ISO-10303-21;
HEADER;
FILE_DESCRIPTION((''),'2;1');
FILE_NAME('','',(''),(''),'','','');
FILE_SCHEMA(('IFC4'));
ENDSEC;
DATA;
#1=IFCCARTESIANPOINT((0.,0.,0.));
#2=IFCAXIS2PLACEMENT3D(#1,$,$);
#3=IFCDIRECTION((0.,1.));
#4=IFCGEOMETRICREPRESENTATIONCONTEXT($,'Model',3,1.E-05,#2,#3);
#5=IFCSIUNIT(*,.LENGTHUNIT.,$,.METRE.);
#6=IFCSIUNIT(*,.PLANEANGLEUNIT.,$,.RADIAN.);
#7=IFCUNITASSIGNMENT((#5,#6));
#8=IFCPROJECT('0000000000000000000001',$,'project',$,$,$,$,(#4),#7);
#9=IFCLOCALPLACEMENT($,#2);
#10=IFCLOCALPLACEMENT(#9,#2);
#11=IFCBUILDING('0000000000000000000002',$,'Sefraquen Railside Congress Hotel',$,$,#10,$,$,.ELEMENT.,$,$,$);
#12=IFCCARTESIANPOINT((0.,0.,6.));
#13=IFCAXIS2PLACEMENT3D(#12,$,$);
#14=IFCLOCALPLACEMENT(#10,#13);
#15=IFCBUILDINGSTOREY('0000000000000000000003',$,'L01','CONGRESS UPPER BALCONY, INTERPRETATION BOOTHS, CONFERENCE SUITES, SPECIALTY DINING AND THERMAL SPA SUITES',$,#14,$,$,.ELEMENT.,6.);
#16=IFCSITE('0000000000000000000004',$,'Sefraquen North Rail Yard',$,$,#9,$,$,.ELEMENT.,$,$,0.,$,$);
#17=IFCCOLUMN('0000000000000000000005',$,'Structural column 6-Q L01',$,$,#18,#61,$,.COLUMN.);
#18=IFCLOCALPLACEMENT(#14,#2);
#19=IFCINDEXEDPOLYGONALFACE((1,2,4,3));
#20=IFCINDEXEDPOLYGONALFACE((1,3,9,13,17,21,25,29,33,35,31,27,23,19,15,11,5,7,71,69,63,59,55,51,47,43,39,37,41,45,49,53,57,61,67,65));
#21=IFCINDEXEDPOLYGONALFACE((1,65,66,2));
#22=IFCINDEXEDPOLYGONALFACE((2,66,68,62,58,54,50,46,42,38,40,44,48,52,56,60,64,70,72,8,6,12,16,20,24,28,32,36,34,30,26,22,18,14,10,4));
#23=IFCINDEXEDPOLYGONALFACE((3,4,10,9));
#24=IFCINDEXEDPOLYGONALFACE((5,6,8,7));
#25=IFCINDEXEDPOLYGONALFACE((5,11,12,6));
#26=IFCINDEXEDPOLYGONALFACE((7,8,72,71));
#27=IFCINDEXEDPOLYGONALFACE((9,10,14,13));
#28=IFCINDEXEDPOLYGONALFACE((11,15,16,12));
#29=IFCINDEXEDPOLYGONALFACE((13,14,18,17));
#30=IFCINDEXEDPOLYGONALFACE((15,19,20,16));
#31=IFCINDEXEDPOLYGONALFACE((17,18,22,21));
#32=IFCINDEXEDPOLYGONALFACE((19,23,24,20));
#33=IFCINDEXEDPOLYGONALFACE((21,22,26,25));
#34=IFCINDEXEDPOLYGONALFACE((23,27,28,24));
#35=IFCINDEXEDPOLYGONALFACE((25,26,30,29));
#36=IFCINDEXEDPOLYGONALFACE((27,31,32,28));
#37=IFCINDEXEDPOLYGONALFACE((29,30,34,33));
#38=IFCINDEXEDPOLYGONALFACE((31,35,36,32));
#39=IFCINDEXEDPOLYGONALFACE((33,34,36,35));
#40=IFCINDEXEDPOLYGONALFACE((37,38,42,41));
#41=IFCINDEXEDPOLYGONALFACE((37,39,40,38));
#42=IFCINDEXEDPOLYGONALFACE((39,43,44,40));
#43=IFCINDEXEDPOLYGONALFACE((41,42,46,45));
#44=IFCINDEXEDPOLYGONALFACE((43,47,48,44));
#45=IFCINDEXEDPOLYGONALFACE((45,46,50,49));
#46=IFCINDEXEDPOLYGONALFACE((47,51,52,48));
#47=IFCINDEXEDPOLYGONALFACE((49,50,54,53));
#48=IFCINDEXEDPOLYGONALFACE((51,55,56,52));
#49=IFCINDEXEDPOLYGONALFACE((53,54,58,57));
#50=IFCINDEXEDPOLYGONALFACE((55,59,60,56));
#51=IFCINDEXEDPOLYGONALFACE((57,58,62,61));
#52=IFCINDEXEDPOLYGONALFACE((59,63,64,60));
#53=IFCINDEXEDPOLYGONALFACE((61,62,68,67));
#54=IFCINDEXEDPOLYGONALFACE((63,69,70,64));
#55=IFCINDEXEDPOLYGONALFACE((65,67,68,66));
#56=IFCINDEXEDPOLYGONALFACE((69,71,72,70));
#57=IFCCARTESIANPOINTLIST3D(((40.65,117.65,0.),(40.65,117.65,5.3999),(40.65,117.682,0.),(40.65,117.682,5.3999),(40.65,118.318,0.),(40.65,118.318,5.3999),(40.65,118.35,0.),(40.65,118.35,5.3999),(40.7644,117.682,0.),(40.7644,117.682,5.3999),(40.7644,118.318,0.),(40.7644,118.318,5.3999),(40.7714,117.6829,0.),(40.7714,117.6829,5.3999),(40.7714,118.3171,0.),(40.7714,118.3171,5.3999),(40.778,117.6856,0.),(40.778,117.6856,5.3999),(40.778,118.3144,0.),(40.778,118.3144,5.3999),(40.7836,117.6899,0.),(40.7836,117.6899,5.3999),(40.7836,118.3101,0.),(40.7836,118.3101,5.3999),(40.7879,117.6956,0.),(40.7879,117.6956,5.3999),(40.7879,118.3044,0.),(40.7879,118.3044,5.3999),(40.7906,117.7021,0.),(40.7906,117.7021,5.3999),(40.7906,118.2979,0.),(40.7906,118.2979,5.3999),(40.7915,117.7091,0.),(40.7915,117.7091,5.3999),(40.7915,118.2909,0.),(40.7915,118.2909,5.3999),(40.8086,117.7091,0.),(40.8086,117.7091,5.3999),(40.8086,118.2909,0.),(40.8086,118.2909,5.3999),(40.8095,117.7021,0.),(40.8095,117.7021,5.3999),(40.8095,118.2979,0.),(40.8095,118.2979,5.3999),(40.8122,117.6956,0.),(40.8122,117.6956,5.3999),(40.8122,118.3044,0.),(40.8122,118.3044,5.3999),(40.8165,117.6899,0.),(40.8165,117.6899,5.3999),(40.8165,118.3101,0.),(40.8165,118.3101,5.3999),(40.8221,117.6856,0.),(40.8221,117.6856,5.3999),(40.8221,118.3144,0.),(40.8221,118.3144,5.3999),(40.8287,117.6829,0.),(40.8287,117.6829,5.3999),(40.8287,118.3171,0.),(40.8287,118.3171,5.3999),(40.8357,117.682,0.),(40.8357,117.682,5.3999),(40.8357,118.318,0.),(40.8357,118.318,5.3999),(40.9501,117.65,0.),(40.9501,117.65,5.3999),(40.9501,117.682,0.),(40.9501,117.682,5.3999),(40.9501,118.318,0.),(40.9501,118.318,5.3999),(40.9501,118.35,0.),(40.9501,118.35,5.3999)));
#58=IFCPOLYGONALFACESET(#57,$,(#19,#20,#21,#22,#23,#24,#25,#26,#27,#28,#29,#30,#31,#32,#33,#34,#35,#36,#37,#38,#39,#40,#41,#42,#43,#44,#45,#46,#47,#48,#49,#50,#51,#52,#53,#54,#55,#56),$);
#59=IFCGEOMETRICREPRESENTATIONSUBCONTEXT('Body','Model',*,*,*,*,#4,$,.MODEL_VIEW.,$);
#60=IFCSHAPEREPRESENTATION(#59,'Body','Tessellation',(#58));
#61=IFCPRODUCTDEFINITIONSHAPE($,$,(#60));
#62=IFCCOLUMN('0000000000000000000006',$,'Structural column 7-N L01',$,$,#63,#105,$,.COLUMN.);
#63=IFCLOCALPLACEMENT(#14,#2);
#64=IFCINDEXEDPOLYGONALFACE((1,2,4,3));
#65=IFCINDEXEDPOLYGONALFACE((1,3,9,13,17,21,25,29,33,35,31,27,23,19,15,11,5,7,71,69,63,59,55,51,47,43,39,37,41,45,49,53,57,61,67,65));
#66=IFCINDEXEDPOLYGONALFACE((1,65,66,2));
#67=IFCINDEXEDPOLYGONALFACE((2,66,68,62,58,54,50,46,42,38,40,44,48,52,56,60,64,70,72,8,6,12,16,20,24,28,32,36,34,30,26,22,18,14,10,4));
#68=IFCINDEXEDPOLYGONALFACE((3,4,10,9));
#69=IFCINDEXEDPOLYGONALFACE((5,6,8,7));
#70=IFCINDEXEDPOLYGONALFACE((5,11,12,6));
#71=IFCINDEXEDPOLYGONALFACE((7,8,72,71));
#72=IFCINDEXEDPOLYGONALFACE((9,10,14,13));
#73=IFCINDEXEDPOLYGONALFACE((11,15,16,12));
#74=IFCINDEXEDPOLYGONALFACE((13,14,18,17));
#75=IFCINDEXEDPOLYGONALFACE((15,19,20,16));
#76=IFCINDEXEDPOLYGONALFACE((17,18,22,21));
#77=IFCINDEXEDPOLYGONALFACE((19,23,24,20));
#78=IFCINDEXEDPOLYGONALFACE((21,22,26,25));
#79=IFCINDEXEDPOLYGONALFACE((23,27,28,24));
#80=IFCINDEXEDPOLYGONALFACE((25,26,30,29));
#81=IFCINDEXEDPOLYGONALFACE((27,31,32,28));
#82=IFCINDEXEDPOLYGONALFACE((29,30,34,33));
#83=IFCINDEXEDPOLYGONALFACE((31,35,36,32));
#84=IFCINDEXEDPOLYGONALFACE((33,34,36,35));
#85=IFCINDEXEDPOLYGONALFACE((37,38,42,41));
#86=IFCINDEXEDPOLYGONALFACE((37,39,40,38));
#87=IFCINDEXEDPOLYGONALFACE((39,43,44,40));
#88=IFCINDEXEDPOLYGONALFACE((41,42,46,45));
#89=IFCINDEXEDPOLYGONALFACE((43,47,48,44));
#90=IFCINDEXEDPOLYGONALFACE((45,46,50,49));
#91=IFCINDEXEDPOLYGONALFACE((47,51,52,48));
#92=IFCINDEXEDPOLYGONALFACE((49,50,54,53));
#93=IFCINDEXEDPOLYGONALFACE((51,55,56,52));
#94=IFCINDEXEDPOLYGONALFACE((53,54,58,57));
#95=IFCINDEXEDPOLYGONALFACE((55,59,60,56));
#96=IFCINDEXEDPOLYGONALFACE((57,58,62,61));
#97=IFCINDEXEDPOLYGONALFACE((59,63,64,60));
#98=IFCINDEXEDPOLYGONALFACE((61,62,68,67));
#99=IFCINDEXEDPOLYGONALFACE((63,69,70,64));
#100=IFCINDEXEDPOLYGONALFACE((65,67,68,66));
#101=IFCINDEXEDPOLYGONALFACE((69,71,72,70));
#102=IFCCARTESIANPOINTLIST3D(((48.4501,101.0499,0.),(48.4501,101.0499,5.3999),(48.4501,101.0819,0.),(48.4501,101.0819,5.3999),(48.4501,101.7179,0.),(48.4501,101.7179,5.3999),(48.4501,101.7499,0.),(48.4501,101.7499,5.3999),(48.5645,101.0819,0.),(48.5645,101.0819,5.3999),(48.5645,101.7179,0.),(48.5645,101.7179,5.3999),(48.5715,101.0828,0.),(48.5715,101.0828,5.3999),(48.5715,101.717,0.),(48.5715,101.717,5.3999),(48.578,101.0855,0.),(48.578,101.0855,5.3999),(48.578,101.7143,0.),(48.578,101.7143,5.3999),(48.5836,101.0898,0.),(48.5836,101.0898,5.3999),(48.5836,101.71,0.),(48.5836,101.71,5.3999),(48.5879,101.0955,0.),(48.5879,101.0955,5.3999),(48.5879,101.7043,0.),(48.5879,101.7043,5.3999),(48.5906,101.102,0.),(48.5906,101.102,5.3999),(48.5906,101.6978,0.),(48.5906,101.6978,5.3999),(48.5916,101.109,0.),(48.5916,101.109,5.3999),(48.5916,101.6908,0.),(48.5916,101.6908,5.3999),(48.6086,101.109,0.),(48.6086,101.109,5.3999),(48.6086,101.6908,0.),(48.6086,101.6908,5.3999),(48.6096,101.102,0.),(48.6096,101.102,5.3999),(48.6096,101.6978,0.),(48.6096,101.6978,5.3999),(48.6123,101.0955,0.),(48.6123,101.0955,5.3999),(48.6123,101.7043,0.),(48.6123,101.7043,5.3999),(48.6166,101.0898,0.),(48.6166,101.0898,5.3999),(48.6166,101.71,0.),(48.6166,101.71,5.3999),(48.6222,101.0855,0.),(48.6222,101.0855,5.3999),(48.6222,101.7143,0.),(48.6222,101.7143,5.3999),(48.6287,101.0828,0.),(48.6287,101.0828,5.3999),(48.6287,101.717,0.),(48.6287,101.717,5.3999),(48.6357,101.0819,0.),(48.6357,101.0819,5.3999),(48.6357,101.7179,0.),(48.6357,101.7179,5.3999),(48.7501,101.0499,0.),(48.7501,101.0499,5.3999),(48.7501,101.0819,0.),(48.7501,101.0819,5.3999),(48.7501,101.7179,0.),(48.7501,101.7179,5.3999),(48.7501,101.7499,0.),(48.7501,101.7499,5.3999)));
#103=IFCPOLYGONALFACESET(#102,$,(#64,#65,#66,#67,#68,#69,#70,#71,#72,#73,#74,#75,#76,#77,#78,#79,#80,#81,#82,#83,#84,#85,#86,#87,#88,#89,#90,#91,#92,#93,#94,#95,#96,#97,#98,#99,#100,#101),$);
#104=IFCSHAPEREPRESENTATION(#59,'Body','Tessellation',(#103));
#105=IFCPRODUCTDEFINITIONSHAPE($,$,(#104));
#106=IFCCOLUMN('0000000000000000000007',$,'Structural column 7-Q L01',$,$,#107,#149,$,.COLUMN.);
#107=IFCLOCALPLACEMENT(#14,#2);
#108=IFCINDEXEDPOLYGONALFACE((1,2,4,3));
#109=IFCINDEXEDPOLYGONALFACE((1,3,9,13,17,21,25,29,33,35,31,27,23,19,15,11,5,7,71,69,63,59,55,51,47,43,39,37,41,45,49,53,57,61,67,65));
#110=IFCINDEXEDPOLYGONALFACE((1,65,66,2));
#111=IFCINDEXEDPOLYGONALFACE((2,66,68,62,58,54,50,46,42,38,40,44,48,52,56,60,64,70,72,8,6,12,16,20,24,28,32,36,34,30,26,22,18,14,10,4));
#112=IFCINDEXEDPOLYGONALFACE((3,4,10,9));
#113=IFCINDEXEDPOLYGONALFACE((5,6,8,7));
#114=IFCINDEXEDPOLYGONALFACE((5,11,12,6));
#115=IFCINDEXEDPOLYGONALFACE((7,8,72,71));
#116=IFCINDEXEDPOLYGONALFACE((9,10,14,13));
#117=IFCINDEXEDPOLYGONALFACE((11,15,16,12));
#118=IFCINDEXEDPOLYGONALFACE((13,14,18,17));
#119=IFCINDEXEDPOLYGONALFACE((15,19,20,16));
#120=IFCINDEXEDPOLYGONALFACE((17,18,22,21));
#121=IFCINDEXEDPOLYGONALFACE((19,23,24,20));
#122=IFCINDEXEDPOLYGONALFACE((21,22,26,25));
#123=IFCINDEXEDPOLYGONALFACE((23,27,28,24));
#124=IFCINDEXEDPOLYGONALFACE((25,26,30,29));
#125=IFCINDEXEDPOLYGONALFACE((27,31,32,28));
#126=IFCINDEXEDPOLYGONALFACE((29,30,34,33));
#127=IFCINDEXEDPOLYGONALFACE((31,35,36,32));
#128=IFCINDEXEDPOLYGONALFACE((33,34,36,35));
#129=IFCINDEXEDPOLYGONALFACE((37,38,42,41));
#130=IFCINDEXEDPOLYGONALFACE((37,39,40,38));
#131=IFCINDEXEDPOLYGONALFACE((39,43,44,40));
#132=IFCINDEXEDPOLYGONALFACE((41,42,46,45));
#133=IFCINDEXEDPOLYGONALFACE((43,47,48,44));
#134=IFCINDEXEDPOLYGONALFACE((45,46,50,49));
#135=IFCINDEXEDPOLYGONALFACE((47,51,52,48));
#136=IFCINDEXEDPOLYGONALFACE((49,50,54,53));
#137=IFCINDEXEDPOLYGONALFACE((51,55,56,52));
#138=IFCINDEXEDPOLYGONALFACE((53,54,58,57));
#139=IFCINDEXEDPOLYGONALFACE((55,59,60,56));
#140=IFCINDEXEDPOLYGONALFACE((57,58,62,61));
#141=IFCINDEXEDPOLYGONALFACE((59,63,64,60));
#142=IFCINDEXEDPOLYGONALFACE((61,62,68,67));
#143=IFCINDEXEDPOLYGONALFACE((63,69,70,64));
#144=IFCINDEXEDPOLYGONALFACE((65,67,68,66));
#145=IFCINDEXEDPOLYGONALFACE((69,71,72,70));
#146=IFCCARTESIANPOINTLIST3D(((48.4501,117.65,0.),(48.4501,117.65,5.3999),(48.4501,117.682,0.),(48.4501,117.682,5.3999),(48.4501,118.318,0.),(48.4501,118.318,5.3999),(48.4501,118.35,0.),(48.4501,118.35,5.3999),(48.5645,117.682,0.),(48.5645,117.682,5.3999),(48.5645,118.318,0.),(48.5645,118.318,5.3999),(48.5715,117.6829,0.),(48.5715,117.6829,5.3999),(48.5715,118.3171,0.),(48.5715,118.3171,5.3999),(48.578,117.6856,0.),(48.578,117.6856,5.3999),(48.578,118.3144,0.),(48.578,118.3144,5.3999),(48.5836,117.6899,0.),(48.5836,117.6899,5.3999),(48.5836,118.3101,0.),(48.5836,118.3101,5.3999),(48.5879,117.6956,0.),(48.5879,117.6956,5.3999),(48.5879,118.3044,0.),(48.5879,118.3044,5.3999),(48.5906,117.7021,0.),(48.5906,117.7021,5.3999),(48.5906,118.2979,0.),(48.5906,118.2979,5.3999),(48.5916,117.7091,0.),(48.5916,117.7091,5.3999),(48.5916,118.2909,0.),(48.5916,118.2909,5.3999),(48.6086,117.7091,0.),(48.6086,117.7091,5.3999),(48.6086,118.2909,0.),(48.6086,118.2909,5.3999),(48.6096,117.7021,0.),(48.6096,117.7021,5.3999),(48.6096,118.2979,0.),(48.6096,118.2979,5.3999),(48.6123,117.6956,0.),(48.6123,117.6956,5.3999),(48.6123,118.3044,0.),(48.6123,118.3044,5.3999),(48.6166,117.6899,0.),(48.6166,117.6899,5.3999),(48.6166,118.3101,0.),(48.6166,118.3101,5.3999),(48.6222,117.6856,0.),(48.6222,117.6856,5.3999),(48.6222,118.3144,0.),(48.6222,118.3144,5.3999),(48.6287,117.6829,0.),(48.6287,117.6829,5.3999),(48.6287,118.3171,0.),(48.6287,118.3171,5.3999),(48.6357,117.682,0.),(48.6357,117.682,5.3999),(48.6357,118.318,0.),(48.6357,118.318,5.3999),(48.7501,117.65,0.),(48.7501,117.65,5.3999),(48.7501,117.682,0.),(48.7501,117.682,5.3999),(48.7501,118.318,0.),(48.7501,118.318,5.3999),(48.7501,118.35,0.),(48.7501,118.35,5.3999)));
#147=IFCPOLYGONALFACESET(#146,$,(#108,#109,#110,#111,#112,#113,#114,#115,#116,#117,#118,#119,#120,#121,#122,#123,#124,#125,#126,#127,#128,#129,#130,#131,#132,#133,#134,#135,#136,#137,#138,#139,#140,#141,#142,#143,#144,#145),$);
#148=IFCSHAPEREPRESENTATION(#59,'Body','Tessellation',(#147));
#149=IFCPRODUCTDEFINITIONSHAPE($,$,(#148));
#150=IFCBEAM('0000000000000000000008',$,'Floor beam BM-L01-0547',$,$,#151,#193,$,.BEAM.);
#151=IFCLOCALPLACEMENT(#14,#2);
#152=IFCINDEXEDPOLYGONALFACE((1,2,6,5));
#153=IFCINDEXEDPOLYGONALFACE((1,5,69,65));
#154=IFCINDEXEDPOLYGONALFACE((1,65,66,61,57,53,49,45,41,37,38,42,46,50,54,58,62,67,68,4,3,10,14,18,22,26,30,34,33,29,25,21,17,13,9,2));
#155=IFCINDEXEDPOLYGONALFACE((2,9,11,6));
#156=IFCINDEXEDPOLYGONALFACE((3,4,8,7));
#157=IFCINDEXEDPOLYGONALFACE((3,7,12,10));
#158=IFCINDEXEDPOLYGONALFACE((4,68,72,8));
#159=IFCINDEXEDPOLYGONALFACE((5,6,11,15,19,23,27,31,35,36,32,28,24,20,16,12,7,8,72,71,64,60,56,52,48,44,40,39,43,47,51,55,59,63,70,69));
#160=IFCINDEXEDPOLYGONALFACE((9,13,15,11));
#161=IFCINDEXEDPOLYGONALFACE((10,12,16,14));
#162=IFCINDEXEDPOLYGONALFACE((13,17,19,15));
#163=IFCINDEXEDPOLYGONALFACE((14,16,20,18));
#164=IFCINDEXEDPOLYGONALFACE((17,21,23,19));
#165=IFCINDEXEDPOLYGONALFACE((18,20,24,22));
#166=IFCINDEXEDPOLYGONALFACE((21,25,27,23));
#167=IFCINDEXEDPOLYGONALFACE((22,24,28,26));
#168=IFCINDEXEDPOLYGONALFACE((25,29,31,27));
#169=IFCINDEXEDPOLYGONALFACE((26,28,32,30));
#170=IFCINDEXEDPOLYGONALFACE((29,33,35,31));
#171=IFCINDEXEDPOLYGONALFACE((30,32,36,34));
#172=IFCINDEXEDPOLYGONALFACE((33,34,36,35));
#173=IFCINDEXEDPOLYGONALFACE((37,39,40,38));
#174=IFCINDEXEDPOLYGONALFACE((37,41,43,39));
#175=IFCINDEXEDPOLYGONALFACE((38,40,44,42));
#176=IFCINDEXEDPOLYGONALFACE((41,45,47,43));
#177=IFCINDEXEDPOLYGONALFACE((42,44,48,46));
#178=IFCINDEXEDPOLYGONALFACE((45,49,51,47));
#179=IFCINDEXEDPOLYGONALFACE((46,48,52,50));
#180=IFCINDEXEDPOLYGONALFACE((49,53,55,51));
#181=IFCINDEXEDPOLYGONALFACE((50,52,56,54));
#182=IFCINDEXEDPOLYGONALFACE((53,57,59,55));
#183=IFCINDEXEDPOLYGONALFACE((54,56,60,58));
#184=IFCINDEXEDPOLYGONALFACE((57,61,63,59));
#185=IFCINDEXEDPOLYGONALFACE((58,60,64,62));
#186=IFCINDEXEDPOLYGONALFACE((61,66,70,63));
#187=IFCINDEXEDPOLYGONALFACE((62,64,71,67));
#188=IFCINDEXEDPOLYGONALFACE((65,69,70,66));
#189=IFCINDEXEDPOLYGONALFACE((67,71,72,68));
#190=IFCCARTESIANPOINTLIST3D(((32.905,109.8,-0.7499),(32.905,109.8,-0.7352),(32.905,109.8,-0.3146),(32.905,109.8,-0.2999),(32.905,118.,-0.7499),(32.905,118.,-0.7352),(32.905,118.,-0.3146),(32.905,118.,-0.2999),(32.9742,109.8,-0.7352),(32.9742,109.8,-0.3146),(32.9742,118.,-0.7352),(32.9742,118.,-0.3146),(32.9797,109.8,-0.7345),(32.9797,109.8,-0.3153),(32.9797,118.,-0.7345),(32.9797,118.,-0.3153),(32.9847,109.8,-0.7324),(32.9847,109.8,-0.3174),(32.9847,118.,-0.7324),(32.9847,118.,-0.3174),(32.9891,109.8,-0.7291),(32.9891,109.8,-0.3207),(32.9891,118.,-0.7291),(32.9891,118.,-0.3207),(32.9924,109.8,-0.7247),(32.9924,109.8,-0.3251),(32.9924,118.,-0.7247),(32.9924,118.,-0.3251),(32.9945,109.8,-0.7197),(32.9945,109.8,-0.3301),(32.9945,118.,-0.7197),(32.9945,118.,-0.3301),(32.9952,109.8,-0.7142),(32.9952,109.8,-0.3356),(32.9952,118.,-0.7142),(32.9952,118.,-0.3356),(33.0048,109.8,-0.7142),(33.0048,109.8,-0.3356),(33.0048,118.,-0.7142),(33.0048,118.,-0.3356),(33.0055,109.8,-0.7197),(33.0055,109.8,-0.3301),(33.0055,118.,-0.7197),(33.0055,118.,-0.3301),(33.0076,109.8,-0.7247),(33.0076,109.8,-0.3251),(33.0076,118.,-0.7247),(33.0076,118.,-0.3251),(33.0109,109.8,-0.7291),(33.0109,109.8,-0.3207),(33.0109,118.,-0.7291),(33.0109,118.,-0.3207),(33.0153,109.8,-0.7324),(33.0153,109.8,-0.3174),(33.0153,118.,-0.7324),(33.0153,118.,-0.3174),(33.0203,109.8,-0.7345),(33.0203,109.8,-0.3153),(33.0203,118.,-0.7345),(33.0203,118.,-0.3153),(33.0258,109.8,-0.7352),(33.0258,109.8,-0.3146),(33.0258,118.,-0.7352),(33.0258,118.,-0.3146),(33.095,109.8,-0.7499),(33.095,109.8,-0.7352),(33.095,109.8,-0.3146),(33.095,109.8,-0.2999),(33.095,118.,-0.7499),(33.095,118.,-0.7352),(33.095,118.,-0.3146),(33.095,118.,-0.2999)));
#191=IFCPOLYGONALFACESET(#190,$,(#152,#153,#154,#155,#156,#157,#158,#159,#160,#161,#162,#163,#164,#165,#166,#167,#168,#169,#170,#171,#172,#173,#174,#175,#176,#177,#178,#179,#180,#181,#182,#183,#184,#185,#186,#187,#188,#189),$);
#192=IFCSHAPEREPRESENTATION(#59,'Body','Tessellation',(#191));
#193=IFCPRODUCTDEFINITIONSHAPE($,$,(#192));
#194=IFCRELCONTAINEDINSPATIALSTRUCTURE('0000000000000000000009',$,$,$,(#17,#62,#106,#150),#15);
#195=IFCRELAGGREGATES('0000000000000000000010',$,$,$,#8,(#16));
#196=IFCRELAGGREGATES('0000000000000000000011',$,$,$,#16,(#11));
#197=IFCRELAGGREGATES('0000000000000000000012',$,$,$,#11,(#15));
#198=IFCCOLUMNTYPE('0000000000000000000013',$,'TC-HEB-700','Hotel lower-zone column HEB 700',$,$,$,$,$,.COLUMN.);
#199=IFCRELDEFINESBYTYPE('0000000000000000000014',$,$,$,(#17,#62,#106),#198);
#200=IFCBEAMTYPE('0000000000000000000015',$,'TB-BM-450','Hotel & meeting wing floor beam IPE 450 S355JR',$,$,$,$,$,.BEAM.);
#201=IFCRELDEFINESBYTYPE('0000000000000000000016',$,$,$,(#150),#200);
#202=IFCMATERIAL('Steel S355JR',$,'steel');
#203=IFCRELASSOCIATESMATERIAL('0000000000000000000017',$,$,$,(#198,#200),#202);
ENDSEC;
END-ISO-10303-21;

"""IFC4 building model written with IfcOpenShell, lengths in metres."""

from ifc_helpers import new_model, si_unit, direction, frame, origin, origin_2d, place, context, subcontext, project, spatial, i_section, extrude, material, material_profile, profile_set, type_object, element, save


model = new_model("IFC4")

# Units and contexts
model_context = context("Model", 3, precision=1e-05, world=origin(), true_north=direction((0.0, 1.0)))
body_context = subcontext(model_context, "Body", "Model", "MODEL_VIEW")
ifc_project = project(units=[si_unit("LENGTHUNIT", "METRE"), si_unit("PLANEANGLEUNIT", "RADIAN")], contexts=[model_context])

# Site, building, storey
site_placement = place(None, origin())
site = spatial("IfcSite", under=ifc_project, at=site_placement, Name="Sefraquen North Rail Yard", CompositionType="ELEMENT", RefElevation=0.0)
building_placement = place(site_placement, origin())
building = spatial("IfcBuilding", under=site, at=building_placement, Name="Sefraquen Railside Congress Hotel", CompositionType="ELEMENT")
storey_placement = place(building_placement, frame((0.0, 0.0, 6.0)))
storey = spatial("IfcBuildingStorey", under=building, at=storey_placement, Name="L01", Description="CONGRESS UPPER BALCONY, INTERPRETATION BOOTHS, CONFERENCE SUITES, SPECIALTY DINING AND THERMAL SPA SUITES", CompositionType="ELEMENT", Elevation=6.0)

# Columns
ifc_material_1 = material(Name="Steel S355JR", Category="steel")
ifc_material_profile_1 = material_profile(ifc_material_1, i_section(OverallWidth=0.3, OverallDepth=0.7, WebThickness=0.0171, FlangeThickness=0.032, FilletRadius=0.0271, at=origin_2d()), Name="HEB 700")
ifc_profile_set_1 = profile_set([ifc_material_profile_1], Name="Steel S355JR")
column_type_1 = type_object("IfcColumnType", Name="TC-HEB-700", Description="Hotel lower-zone column HEB 700", PredefinedType="COLUMN", material=ifc_profile_set_1)
for number, where, z_axis, x_axis, name in (
    (1, (40.8, 118.0, 0.0), (0.0, 0.0, 1.0), (1.0, 0.0, 0.0), "Structural column 6-Q L01"),
    (2, (48.6001, 101.3999, 0.0), (0.0, 0.0, 1.0), (1.0, 0.0, 0.0), "Structural column 7-N L01"),
    (3, (48.6001, 118.0, 0.0), (0.0, 0.0, 1.0), (1.0, 0.0, 0.0), "Structural column 7-Q L01"),
):
    element("IfcColumn", number, at=place(storey_placement, frame(where, z_axis=z_axis, x_axis=x_axis)), inside=storey, type_object=column_type_1, Name=name, PredefinedType="COLUMN", context=body_context, shape_type="SweptSolid", body=[
        extrude(i_section(OverallWidth=0.3, OverallDepth=0.7, WebThickness=0.0171, FlangeThickness=0.032, FilletRadius=0.0271, at=origin_2d()), origin(), (0.0, 0.0, 1.0), 5.3999),
    ])

# Beam
ifc_material_profile_2 = material_profile(ifc_material_1, i_section(OverallWidth=0.1899, OverallDepth=0.45, WebThickness=0.0095, FlangeThickness=0.0146, FilletRadius=0.021, at=origin_2d()), Name="IPE 450")
ifc_profile_set_2 = profile_set([ifc_material_profile_2], Name="Steel S355JR")
beam_type_1 = type_object("IfcBeamType", Name="TB-BM-450", Description="Hotel & meeting wing floor beam IPE 450 S355JR", PredefinedType="BEAM", material=ifc_profile_set_2)
beam_1_placement = place(storey_placement, frame((33.0, 109.8, -0.5249), z_axis=(0.0, 1.0, 0.0), x_axis=(-1.0, 0.0, 0.0)))
element("IfcBeam", 4, at=beam_1_placement, inside=storey, type_object=beam_type_1, Name="Floor beam BM-L01-0547", PredefinedType="BEAM", context=body_context, shape_type="SweptSolid", body=[
    extrude(i_section(OverallWidth=0.1899, OverallDepth=0.45, WebThickness=0.0095, FlangeThickness=0.0146, FilletRadius=0.021, at=origin_2d()), origin(), (0.0, 0.0, 1.0), 8.2),
])

save(model, "model.ifc")
